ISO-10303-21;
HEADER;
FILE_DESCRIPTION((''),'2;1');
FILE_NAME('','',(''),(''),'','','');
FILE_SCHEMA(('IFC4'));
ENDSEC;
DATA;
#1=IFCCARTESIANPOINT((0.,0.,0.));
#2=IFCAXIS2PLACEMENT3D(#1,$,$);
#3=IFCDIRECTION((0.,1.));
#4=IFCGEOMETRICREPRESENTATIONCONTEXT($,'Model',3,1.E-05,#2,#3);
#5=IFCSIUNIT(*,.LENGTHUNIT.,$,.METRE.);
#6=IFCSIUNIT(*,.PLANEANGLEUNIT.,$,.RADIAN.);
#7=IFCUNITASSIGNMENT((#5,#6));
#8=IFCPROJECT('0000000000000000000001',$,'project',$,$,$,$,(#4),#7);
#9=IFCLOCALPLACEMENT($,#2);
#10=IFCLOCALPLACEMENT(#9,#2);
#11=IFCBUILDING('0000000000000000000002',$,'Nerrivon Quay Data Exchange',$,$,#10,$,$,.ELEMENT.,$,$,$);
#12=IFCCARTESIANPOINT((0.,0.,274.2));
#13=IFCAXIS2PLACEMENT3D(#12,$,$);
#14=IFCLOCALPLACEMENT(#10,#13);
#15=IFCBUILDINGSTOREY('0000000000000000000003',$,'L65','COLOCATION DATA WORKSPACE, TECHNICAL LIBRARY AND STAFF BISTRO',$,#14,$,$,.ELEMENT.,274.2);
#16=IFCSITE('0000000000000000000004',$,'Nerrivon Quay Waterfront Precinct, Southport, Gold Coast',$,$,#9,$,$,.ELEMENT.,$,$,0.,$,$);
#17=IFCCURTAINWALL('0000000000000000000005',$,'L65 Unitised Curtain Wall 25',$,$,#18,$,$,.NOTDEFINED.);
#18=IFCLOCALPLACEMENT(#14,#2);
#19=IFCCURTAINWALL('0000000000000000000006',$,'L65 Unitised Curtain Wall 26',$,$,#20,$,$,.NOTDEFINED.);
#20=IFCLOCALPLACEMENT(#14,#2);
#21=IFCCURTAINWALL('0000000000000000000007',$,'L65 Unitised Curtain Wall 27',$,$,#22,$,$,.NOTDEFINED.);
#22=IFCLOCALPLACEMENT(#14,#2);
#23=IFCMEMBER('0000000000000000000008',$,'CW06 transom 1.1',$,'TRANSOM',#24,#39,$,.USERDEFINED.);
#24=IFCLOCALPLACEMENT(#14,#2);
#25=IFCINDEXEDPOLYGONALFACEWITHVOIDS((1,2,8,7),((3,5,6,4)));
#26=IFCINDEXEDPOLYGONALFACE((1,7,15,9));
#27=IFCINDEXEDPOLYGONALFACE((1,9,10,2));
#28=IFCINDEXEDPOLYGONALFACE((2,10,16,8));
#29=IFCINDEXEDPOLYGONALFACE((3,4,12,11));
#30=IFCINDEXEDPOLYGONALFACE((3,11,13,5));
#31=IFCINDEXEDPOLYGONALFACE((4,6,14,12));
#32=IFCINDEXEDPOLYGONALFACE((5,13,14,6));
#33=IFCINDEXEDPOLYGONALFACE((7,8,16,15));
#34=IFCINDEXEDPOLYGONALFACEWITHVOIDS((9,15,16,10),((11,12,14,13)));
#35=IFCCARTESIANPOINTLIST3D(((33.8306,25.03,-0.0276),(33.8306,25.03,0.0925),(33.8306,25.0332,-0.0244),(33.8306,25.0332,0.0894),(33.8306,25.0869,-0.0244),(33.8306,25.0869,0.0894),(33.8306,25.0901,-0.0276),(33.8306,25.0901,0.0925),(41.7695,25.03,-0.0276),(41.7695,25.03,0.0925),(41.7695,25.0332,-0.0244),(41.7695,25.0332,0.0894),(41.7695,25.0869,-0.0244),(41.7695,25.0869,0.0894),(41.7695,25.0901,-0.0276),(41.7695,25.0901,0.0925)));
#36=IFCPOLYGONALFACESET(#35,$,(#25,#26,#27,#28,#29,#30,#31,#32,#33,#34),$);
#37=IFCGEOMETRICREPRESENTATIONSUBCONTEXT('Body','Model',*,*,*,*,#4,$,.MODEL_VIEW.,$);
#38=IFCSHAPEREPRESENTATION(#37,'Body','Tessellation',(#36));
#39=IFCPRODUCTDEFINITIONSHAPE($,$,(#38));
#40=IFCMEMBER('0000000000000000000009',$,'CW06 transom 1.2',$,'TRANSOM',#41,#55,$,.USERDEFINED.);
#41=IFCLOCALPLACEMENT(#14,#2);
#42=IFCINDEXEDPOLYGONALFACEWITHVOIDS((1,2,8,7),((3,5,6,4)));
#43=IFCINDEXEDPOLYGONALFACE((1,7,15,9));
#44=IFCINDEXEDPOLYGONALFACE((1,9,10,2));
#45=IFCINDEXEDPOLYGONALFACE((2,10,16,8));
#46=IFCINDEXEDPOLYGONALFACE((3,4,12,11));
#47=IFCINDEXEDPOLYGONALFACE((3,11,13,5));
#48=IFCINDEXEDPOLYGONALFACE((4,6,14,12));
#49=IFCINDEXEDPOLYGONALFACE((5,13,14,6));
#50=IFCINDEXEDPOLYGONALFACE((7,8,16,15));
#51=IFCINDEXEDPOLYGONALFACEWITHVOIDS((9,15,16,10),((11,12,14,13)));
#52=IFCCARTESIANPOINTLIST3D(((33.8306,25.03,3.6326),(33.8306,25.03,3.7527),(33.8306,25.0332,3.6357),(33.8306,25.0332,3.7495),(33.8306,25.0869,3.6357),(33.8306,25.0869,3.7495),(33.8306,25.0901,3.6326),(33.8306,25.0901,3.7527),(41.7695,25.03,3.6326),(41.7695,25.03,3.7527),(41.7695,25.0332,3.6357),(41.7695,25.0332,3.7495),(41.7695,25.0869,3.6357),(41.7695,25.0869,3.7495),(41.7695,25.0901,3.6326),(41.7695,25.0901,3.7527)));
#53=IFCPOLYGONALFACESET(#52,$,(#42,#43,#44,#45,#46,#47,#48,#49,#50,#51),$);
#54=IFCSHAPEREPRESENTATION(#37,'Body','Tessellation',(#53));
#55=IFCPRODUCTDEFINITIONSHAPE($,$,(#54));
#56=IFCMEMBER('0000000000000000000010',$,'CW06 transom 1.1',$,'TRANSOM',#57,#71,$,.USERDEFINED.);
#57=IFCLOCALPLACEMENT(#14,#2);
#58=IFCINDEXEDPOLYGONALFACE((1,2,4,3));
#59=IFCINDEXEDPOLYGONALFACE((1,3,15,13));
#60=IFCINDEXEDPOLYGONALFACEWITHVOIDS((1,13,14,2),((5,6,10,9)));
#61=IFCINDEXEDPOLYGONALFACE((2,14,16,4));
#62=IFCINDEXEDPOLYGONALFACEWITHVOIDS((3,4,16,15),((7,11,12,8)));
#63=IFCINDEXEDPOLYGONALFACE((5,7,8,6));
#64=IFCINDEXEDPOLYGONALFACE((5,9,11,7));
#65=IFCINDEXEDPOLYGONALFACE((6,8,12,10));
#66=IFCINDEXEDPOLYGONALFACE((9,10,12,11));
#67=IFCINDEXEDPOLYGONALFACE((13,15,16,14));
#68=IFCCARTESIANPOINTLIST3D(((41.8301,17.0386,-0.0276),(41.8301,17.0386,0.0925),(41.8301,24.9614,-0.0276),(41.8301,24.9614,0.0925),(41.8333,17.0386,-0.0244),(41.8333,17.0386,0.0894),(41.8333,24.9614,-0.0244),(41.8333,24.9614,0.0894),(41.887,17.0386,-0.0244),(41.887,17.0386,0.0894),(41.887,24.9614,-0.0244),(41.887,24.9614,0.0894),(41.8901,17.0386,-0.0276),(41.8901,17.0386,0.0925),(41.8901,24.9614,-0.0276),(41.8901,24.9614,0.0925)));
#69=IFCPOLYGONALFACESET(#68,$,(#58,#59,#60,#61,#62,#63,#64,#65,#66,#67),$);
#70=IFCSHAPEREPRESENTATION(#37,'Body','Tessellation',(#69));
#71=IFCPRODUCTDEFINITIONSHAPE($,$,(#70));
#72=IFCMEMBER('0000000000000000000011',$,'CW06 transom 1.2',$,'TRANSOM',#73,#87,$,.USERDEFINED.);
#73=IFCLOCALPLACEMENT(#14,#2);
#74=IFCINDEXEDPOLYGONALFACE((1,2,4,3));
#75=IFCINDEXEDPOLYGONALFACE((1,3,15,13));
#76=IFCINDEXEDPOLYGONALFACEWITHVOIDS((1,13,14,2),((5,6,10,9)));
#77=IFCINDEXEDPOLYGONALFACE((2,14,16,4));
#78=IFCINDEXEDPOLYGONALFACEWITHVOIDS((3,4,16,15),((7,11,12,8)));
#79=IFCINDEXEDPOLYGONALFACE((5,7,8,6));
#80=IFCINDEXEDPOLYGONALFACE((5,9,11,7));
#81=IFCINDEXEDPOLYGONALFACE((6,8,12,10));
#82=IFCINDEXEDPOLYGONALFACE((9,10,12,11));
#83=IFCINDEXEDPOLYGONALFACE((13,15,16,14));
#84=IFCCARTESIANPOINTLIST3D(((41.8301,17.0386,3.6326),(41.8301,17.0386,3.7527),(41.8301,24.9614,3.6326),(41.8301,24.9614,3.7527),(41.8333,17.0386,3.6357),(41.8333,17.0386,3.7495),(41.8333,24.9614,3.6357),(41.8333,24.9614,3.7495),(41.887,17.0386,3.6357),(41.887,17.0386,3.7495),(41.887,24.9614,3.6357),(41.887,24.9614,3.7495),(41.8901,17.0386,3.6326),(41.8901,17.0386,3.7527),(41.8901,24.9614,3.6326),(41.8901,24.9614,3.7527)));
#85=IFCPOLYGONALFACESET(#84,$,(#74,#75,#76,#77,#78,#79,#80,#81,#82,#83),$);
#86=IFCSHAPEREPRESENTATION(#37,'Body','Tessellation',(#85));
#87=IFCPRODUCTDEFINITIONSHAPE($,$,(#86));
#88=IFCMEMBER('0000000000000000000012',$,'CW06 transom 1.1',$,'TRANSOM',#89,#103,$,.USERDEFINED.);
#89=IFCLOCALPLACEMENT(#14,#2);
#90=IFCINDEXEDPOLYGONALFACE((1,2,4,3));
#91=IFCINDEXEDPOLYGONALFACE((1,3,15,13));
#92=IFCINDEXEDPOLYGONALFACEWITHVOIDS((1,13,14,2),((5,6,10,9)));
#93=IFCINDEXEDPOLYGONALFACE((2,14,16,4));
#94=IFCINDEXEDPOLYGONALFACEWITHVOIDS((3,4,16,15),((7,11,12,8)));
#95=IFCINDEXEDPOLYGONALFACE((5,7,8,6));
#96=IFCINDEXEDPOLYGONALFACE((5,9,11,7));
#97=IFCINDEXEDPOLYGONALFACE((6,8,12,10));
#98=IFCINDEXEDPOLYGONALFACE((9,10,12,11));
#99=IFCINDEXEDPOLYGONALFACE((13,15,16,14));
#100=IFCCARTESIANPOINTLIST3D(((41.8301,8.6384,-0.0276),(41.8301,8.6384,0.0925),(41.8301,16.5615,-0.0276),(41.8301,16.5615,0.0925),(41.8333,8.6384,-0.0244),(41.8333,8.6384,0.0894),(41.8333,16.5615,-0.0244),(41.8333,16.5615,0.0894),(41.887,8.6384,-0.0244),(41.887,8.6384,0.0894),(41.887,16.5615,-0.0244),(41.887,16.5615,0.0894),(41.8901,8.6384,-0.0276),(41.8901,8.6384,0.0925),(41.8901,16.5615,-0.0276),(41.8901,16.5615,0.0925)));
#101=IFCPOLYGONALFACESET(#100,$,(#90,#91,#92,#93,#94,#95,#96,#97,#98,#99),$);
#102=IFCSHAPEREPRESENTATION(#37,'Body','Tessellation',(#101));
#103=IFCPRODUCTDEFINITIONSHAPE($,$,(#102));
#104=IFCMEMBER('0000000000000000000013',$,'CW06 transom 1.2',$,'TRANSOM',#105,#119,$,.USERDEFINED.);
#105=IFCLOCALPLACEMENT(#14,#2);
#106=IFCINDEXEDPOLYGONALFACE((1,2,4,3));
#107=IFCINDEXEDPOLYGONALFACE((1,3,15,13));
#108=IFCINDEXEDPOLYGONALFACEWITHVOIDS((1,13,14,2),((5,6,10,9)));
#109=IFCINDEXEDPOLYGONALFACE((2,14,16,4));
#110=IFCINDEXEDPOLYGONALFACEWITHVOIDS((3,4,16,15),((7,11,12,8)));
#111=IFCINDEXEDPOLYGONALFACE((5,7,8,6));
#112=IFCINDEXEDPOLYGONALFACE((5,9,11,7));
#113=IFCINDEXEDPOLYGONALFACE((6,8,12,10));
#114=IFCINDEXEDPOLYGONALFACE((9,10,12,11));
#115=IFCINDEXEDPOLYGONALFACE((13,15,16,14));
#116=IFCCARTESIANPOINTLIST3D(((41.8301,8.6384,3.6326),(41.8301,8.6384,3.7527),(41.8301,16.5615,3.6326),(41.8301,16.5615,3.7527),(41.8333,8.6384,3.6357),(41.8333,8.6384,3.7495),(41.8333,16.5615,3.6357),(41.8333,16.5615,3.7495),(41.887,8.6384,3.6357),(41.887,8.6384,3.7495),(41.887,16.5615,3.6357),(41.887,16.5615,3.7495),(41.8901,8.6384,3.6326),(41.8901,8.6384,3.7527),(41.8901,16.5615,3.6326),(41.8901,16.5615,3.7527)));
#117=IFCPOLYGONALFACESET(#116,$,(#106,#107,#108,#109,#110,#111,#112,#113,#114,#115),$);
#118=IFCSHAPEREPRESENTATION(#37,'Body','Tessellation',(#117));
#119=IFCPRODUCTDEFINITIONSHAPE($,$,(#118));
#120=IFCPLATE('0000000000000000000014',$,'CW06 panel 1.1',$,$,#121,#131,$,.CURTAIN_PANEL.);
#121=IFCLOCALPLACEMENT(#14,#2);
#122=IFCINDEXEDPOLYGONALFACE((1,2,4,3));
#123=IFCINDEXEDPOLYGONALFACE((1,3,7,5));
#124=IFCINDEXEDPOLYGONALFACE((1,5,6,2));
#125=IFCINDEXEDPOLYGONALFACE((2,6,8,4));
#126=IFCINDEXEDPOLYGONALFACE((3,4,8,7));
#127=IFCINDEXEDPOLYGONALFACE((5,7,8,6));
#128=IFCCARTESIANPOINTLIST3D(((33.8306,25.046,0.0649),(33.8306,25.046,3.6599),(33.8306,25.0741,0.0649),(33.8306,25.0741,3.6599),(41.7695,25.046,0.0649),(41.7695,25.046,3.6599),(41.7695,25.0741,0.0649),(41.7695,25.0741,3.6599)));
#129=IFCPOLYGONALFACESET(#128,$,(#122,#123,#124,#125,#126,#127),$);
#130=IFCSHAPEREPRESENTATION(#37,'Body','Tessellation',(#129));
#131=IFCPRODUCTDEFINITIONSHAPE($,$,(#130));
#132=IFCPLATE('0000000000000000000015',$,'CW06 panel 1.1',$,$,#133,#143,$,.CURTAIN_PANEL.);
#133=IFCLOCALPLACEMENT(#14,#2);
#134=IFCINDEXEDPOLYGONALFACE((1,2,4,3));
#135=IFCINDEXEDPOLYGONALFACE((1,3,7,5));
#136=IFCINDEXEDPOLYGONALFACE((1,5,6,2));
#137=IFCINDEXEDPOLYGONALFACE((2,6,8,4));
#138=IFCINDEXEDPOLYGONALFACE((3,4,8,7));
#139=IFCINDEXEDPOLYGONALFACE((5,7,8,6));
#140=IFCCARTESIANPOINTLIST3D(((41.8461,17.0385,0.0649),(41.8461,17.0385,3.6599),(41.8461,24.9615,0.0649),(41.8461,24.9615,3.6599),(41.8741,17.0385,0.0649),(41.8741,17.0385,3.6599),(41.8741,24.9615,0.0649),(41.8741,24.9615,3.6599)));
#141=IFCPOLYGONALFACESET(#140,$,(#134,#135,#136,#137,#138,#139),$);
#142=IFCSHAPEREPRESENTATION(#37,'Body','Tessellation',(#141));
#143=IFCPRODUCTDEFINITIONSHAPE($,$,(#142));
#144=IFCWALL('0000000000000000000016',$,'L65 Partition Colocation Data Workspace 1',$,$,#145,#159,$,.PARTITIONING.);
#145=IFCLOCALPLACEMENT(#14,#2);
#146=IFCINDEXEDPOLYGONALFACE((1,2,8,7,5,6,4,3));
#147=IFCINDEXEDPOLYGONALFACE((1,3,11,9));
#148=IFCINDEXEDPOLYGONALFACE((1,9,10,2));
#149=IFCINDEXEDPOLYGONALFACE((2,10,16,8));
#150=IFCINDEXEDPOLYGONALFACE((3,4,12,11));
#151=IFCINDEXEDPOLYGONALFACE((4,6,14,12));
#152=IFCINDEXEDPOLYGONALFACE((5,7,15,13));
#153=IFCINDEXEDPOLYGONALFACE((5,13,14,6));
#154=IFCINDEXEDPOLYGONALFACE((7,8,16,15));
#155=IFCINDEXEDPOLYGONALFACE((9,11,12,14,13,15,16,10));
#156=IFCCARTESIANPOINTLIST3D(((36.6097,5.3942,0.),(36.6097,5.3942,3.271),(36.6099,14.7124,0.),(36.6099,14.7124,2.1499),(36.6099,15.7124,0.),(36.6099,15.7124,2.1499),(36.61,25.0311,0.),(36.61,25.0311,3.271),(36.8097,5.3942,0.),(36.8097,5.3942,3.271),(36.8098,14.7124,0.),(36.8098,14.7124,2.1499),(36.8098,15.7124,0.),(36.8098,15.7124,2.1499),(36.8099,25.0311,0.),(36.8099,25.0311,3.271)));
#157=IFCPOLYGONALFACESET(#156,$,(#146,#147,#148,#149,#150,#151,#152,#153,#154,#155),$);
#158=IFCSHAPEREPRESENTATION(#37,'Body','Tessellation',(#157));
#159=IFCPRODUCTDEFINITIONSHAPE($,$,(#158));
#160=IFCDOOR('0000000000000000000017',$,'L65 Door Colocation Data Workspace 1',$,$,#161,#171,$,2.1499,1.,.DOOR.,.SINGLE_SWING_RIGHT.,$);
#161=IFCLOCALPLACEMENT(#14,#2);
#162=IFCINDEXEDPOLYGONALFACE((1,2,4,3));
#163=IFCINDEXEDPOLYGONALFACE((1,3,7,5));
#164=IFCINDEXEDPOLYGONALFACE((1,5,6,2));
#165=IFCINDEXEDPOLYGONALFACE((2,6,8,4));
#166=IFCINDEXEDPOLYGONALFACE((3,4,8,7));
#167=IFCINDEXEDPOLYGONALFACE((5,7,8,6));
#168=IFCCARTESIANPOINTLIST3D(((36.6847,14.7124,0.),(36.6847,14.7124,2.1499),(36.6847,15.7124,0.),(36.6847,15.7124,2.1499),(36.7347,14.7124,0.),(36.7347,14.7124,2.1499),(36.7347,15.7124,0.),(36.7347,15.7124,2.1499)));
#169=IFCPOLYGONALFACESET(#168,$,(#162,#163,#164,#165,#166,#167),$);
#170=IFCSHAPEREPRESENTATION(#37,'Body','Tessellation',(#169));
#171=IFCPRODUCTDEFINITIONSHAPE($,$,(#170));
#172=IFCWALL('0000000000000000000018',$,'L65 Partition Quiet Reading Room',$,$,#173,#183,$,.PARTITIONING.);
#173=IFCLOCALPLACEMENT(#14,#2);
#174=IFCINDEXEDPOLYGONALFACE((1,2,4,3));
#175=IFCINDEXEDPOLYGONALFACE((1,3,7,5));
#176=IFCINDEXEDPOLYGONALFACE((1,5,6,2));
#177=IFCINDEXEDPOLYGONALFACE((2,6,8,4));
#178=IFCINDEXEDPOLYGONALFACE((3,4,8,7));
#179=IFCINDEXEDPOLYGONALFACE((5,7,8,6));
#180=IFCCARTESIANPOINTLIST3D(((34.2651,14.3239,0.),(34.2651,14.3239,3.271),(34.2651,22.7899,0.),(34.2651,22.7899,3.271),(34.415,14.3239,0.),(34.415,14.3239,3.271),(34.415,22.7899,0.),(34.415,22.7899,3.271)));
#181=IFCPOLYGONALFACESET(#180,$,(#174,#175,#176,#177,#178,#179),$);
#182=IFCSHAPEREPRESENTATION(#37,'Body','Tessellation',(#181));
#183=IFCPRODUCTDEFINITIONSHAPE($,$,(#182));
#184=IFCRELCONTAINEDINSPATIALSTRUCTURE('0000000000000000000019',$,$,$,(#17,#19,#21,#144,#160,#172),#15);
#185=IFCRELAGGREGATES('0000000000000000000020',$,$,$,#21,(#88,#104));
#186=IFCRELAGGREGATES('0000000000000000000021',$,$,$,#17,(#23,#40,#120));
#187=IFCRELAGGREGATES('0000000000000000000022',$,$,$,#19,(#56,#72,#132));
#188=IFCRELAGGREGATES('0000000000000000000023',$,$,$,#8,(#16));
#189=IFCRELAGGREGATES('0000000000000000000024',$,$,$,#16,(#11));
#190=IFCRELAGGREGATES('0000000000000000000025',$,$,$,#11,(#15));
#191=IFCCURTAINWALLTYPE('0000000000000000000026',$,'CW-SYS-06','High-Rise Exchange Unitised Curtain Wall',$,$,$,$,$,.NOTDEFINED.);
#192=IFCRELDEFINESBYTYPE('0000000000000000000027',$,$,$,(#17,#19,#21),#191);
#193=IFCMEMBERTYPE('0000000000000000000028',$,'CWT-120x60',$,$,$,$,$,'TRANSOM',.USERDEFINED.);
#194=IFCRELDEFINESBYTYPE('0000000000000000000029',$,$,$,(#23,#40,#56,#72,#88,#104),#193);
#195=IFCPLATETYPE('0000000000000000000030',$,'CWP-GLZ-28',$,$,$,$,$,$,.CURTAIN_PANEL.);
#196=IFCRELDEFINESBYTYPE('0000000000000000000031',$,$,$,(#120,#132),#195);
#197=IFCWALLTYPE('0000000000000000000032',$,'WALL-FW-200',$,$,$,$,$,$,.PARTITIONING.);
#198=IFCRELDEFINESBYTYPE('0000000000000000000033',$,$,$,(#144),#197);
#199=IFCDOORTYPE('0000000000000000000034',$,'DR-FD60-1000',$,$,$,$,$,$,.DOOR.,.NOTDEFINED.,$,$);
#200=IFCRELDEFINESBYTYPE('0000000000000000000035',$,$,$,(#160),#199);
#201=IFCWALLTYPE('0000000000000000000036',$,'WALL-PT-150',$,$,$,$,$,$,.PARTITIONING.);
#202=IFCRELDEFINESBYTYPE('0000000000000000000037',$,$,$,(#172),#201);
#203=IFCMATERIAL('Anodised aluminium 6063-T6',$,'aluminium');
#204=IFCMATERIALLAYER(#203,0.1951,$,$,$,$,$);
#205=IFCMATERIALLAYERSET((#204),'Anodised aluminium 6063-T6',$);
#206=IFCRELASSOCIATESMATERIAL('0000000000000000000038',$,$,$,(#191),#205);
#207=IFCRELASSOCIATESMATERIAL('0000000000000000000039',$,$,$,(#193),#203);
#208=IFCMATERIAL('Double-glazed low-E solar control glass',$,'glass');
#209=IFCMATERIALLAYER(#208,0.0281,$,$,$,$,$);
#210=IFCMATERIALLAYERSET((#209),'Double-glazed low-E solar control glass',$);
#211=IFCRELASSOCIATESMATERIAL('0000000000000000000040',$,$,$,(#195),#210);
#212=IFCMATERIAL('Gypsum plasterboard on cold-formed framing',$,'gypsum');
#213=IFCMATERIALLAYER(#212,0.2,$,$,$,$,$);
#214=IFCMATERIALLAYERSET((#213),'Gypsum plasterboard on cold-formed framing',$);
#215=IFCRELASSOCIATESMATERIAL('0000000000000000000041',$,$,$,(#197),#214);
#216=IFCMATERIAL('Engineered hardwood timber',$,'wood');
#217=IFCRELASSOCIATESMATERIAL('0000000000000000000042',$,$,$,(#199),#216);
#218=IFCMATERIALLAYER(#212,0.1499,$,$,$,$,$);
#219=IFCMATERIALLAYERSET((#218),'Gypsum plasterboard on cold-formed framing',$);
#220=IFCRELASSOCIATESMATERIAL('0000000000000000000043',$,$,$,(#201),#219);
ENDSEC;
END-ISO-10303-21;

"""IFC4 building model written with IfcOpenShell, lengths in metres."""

from ifc_helpers import new_model, si_unit, direction, frame, frame_2d, origin, origin_2d, place, context, subcontext, project, spatial, rectangle, hollow_rectangle, extrude, material, layer, layer_set, material_profile, profile_set, type_object, element, fill, aggregate, save


model = new_model("IFC4")

# Units and contexts
model_context = context("Model", 3, precision=1e-05, world=origin(), true_north=direction((0.0, 1.0)))
body_context = subcontext(model_context, "Body", "Model", "MODEL_VIEW")
ifc_project = project(units=[si_unit("LENGTHUNIT", "METRE"), si_unit("PLANEANGLEUNIT", "RADIAN")], contexts=[model_context])

# Site, building, storey
site_placement = place(None, origin())
site = spatial("IfcSite", under=ifc_project, at=site_placement, Name="Nerrivon Quay Waterfront Precinct, Southport, Gold Coast", CompositionType="ELEMENT", RefElevation=0.0)
building_placement = place(site_placement, origin())
building = spatial("IfcBuilding", under=site, at=building_placement, Name="Nerrivon Quay Data Exchange", CompositionType="ELEMENT")
storey_placement = place(building_placement, frame((0.0, 0.0, 274.2)))
storey = spatial("IfcBuildingStorey", under=building, at=storey_placement, Name="L65", Description="COLOCATION DATA WORKSPACE, TECHNICAL LIBRARY AND STAFF BISTRO", CompositionType="ELEMENT", Elevation=274.2)

# Curtain wall
ifc_material_1 = material(Name="Anodised aluminium 6063-T6", Category="aluminium")
ifc_layer_1 = layer(ifc_material_1, 0.1951)
ifc_layer_set_1 = layer_set([ifc_layer_1], Name="Anodised aluminium 6063-T6")
curtain_wall_type = type_object("IfcCurtainWallType", Name="CW-SYS-06", Description="High-Rise Exchange Unitised Curtain Wall", PredefinedType="NOTDEFINED", material=ifc_layer_set_1)
curtain_wall_1_placement = place(storey_placement, origin())
curtain_wall_1 = element("IfcCurtainWall", 1, at=curtain_wall_1_placement, inside=storey, type_object=curtain_wall_type, Name="L65 Unitised Curtain Wall 25", PredefinedType="NOTDEFINED")

# Curtain wall
curtain_wall_2_placement = place(storey_placement, origin())
curtain_wall_2 = element("IfcCurtainWall", 2, at=curtain_wall_2_placement, inside=storey, type_object=curtain_wall_type, Name="L65 Unitised Curtain Wall 26", PredefinedType="NOTDEFINED")

# Curtain wall
curtain_wall_3_placement = place(storey_placement, origin())
curtain_wall_3 = element("IfcCurtainWall", 3, at=curtain_wall_3_placement, inside=storey, type_object=curtain_wall_type, Name="L65 Unitised Curtain Wall 27", PredefinedType="NOTDEFINED")

# Members
ifc_material_profile_1 = material_profile(ifc_material_1, hollow_rectangle(XDim=0.0601, YDim=0.1201, WallThickness=0.0032, at=origin_2d()), Name="ALU-TRAN-120x60")
ifc_profile_set_1 = profile_set([ifc_material_profile_1], Name="Anodised aluminium 6063-T6")
member_type_1 = type_object("IfcMemberType", Name="CWT-120x60", ElementType="TRANSOM", PredefinedType="USERDEFINED", material=ifc_profile_set_1)
member_1_placement = place(storey_placement, frame((33.8306, 25.0601, 0.0325), z_axis=(1.0, 0.0, 0.0), x_axis=(0.0, 1.0, 0.0)))
member_1 = element("IfcMember", 4, at=member_1_placement, type_object=member_type_1, Name="CW06 transom 1.1", ObjectType="TRANSOM", PredefinedType="USERDEFINED", context=body_context, shape_type="SweptSolid", body=[
    extrude(hollow_rectangle(XDim=0.0601, YDim=0.1201, WallThickness=0.0032, at=origin_2d()), origin(), (0.0, 0.0, 1.0), 7.939),
])
member_2_placement = place(storey_placement, frame((33.8306, 25.0601, 3.6926), z_axis=(1.0, 0.0, 0.0), x_axis=(0.0, 1.0, 0.0)))
member_2 = element("IfcMember", 5, at=member_2_placement, type_object=member_type_1, Name="CW06 transom 1.2", ObjectType="TRANSOM", PredefinedType="USERDEFINED", context=body_context, shape_type="SweptSolid", body=[
    extrude(hollow_rectangle(XDim=0.0601, YDim=0.1201, WallThickness=0.0032, at=origin_2d()), origin(), (0.0, 0.0, 1.0), 7.939),
])
member_3_placement = place(storey_placement, frame((41.8601, 24.9614, 0.0325), z_axis=(0.0, -1.0, 0.0), x_axis=(1.0, 0.0, 0.0)))
member_3 = element("IfcMember", 6, at=member_3_placement, type_object=member_type_1, Name="CW06 transom 1.1", ObjectType="TRANSOM", PredefinedType="USERDEFINED", context=body_context, shape_type="SweptSolid", body=[
    extrude(hollow_rectangle(XDim=0.0601, YDim=0.1201, WallThickness=0.0032, at=origin_2d()), origin(), (0.0, 0.0, 1.0), 7.9229),
])
member_4_placement = place(storey_placement, frame((41.8601, 24.9614, 3.6926), z_axis=(0.0, -1.0, 0.0), x_axis=(1.0, 0.0, 0.0)))
member_4 = element("IfcMember", 7, at=member_4_placement, type_object=member_type_1, Name="CW06 transom 1.2", ObjectType="TRANSOM", PredefinedType="USERDEFINED", context=body_context, shape_type="SweptSolid", body=[
    extrude(hollow_rectangle(XDim=0.0601, YDim=0.1201, WallThickness=0.0032, at=origin_2d()), origin(), (0.0, 0.0, 1.0), 7.9229),
])
member_5_placement = place(storey_placement, frame((41.8601, 16.5615, 0.0325), z_axis=(0.0, -1.0, 0.0), x_axis=(1.0, 0.0, 0.0)))
member_5 = element("IfcMember", 8, at=member_5_placement, type_object=member_type_1, Name="CW06 transom 1.1", ObjectType="TRANSOM", PredefinedType="USERDEFINED", context=body_context, shape_type="SweptSolid", body=[
    extrude(hollow_rectangle(XDim=0.0601, YDim=0.1201, WallThickness=0.0032, at=origin_2d()), origin(), (0.0, 0.0, 1.0), 7.9231),
])
member_6_placement = place(storey_placement, frame((41.8601, 16.5615, 3.6926), z_axis=(0.0, -1.0, 0.0), x_axis=(1.0, 0.0, 0.0)))
member_6 = element("IfcMember", 9, at=member_6_placement, type_object=member_type_1, Name="CW06 transom 1.2", ObjectType="TRANSOM", PredefinedType="USERDEFINED", context=body_context, shape_type="SweptSolid", body=[
    extrude(hollow_rectangle(XDim=0.0601, YDim=0.1201, WallThickness=0.0032, at=origin_2d()), origin(), (0.0, 0.0, 1.0), 7.9231),
])
aggregate(curtain_wall_3, [member_5, member_6])

# Plates
ifc_material_2 = material(Name="Double-glazed low-E solar control glass", Category="glass")
ifc_layer_2 = layer(ifc_material_2, 0.0281)
ifc_layer_set_2 = layer_set([ifc_layer_2], Name="Double-glazed low-E solar control glass")
plate_type = type_object("IfcPlateType", Name="CWP-GLZ-28", PredefinedType="CURTAIN_PANEL", material=ifc_layer_set_2)
plate_1_placement = place(storey_placement, frame((37.8, 25.0601, 0.0649), z_axis=(0.0, 0.0, 1.0), x_axis=(1.0, 0.0, 0.0)))
plate_1 = element("IfcPlate", 10, at=plate_1_placement, type_object=plate_type, Name="CW06 panel 1.1", PredefinedType="CURTAIN_PANEL", context=body_context, shape_type="SweptSolid", body=[
    extrude(rectangle(XDim=7.939, YDim=0.0281, at=origin_2d()), origin(), (0.0, 0.0, 1.0), 3.595),
])
aggregate(curtain_wall_1, [member_1, member_2, plate_1])
plate_2_placement = place(storey_placement, frame((41.8601, 21.0, 0.0649), z_axis=(0.0, 0.0, 1.0), x_axis=(0.0, -1.0, 0.0)))
plate_2 = element("IfcPlate", 11, at=plate_2_placement, type_object=plate_type, Name="CW06 panel 1.1", PredefinedType="CURTAIN_PANEL", context=body_context, shape_type="SweptSolid", body=[
    extrude(rectangle(XDim=7.9231, YDim=0.0281, at=origin_2d()), origin(), (0.0, 0.0, 1.0), 3.595),
])
aggregate(curtain_wall_2, [member_3, member_4, plate_2])

# Wall, opening, door
ifc_material_3 = material(Name="Gypsum plasterboard on cold-formed framing", Category="gypsum")
ifc_layer_3 = layer(ifc_material_3, 0.2)
ifc_layer_set_3 = layer_set([ifc_layer_3], Name="Gypsum plasterboard on cold-formed framing")
wall_type_1 = type_object("IfcWallType", Name="WALL-FW-200", PredefinedType="PARTITIONING", material=ifc_layer_set_3)
wall_1_placement = place(storey_placement, frame((36.71, 25.031, 0.0), z_axis=(0.0, 0.0, 1.0), x_axis=(-0.000012, -1.0, 0.0)))
wall_1 = element("IfcWall", 12, at=wall_1_placement, inside=storey, type_object=wall_type_1, Name="L65 Partition Colocation Data Workspace 1", PredefinedType="PARTITIONING", context=body_context, shape_type="SweptSolid", body=[
    extrude(rectangle(XDim=19.637, YDim=0.2, at=frame_2d((9.8184, 0.0))), origin(), (0.0, 0.0, 1.0), 3.271),
])
opening_1_placement = place(wall_1_placement, frame((9.3186, 0.0, 0.0)))
opening_1 = element("IfcOpeningElement", 13, at=opening_1_placement, cuts=wall_1, PredefinedType="OPENING", context=body_context, shape_type="SweptSolid", body=[
    extrude(rectangle(XDim=1.0, YDim=2.1499, at=frame_2d((0.5, 1.075))), frame((0.0, 0.1099, 0.0), z_axis=(0.0, -1.0, 0.0), x_axis=(1.0, 0.0, 0.0)), (0.0, 0.0, 1.0), 0.22),
])
ifc_material_4 = material(Name="Engineered hardwood timber", Category="wood")
door_type_1 = type_object("IfcDoorType", Name="DR-FD60-1000", OperationType="NOTDEFINED", PredefinedType="DOOR", material=ifc_material_4)
door_1_placement = place(opening_1_placement, origin())
door_1 = element("IfcDoor", 14, at=door_1_placement, inside=storey, type_object=door_type_1, Name="L65 Door Colocation Data Workspace 1", OperationType="SINGLE_SWING_RIGHT", OverallHeight=2.1499, OverallWidth=1.0, PredefinedType="DOOR", context=body_context, shape_type="SweptSolid", body=[
    extrude(rectangle(XDim=1.0, YDim=2.1499, at=frame_2d((0.5, 1.075))), frame((0.0, 0.0249, 0.0), z_axis=(0.0, -1.0, 0.0), x_axis=(1.0, 0.0, 0.0)), (0.0, 0.0, 1.0), 0.05),
])
fill(opening_1, door_1)

# Wall
ifc_layer_4 = layer(ifc_material_3, 0.1499)
ifc_layer_set_4 = layer_set([ifc_layer_4], Name="Gypsum plasterboard on cold-formed framing")
wall_type_2 = type_object("IfcWallType", Name="WALL-PT-150", PredefinedType="PARTITIONING", material=ifc_layer_set_4)
wall_2_placement = place(storey_placement, frame((34.3401, 14.324, 0.0), z_axis=(0.0, 0.0, 1.0), x_axis=(0.0, 1.0, 0.0)))
element("IfcWall", 15, at=wall_2_placement, inside=storey, type_object=wall_type_2, Name="L65 Partition Quiet Reading Room", PredefinedType="PARTITIONING", context=body_context, shape_type="SweptSolid", body=[
    extrude(rectangle(XDim=8.4661, YDim=0.1499, at=frame_2d((4.2329, 0.0))), origin(), (0.0, 0.0, 1.0), 3.271),
])

save(model, "model.ifc")
